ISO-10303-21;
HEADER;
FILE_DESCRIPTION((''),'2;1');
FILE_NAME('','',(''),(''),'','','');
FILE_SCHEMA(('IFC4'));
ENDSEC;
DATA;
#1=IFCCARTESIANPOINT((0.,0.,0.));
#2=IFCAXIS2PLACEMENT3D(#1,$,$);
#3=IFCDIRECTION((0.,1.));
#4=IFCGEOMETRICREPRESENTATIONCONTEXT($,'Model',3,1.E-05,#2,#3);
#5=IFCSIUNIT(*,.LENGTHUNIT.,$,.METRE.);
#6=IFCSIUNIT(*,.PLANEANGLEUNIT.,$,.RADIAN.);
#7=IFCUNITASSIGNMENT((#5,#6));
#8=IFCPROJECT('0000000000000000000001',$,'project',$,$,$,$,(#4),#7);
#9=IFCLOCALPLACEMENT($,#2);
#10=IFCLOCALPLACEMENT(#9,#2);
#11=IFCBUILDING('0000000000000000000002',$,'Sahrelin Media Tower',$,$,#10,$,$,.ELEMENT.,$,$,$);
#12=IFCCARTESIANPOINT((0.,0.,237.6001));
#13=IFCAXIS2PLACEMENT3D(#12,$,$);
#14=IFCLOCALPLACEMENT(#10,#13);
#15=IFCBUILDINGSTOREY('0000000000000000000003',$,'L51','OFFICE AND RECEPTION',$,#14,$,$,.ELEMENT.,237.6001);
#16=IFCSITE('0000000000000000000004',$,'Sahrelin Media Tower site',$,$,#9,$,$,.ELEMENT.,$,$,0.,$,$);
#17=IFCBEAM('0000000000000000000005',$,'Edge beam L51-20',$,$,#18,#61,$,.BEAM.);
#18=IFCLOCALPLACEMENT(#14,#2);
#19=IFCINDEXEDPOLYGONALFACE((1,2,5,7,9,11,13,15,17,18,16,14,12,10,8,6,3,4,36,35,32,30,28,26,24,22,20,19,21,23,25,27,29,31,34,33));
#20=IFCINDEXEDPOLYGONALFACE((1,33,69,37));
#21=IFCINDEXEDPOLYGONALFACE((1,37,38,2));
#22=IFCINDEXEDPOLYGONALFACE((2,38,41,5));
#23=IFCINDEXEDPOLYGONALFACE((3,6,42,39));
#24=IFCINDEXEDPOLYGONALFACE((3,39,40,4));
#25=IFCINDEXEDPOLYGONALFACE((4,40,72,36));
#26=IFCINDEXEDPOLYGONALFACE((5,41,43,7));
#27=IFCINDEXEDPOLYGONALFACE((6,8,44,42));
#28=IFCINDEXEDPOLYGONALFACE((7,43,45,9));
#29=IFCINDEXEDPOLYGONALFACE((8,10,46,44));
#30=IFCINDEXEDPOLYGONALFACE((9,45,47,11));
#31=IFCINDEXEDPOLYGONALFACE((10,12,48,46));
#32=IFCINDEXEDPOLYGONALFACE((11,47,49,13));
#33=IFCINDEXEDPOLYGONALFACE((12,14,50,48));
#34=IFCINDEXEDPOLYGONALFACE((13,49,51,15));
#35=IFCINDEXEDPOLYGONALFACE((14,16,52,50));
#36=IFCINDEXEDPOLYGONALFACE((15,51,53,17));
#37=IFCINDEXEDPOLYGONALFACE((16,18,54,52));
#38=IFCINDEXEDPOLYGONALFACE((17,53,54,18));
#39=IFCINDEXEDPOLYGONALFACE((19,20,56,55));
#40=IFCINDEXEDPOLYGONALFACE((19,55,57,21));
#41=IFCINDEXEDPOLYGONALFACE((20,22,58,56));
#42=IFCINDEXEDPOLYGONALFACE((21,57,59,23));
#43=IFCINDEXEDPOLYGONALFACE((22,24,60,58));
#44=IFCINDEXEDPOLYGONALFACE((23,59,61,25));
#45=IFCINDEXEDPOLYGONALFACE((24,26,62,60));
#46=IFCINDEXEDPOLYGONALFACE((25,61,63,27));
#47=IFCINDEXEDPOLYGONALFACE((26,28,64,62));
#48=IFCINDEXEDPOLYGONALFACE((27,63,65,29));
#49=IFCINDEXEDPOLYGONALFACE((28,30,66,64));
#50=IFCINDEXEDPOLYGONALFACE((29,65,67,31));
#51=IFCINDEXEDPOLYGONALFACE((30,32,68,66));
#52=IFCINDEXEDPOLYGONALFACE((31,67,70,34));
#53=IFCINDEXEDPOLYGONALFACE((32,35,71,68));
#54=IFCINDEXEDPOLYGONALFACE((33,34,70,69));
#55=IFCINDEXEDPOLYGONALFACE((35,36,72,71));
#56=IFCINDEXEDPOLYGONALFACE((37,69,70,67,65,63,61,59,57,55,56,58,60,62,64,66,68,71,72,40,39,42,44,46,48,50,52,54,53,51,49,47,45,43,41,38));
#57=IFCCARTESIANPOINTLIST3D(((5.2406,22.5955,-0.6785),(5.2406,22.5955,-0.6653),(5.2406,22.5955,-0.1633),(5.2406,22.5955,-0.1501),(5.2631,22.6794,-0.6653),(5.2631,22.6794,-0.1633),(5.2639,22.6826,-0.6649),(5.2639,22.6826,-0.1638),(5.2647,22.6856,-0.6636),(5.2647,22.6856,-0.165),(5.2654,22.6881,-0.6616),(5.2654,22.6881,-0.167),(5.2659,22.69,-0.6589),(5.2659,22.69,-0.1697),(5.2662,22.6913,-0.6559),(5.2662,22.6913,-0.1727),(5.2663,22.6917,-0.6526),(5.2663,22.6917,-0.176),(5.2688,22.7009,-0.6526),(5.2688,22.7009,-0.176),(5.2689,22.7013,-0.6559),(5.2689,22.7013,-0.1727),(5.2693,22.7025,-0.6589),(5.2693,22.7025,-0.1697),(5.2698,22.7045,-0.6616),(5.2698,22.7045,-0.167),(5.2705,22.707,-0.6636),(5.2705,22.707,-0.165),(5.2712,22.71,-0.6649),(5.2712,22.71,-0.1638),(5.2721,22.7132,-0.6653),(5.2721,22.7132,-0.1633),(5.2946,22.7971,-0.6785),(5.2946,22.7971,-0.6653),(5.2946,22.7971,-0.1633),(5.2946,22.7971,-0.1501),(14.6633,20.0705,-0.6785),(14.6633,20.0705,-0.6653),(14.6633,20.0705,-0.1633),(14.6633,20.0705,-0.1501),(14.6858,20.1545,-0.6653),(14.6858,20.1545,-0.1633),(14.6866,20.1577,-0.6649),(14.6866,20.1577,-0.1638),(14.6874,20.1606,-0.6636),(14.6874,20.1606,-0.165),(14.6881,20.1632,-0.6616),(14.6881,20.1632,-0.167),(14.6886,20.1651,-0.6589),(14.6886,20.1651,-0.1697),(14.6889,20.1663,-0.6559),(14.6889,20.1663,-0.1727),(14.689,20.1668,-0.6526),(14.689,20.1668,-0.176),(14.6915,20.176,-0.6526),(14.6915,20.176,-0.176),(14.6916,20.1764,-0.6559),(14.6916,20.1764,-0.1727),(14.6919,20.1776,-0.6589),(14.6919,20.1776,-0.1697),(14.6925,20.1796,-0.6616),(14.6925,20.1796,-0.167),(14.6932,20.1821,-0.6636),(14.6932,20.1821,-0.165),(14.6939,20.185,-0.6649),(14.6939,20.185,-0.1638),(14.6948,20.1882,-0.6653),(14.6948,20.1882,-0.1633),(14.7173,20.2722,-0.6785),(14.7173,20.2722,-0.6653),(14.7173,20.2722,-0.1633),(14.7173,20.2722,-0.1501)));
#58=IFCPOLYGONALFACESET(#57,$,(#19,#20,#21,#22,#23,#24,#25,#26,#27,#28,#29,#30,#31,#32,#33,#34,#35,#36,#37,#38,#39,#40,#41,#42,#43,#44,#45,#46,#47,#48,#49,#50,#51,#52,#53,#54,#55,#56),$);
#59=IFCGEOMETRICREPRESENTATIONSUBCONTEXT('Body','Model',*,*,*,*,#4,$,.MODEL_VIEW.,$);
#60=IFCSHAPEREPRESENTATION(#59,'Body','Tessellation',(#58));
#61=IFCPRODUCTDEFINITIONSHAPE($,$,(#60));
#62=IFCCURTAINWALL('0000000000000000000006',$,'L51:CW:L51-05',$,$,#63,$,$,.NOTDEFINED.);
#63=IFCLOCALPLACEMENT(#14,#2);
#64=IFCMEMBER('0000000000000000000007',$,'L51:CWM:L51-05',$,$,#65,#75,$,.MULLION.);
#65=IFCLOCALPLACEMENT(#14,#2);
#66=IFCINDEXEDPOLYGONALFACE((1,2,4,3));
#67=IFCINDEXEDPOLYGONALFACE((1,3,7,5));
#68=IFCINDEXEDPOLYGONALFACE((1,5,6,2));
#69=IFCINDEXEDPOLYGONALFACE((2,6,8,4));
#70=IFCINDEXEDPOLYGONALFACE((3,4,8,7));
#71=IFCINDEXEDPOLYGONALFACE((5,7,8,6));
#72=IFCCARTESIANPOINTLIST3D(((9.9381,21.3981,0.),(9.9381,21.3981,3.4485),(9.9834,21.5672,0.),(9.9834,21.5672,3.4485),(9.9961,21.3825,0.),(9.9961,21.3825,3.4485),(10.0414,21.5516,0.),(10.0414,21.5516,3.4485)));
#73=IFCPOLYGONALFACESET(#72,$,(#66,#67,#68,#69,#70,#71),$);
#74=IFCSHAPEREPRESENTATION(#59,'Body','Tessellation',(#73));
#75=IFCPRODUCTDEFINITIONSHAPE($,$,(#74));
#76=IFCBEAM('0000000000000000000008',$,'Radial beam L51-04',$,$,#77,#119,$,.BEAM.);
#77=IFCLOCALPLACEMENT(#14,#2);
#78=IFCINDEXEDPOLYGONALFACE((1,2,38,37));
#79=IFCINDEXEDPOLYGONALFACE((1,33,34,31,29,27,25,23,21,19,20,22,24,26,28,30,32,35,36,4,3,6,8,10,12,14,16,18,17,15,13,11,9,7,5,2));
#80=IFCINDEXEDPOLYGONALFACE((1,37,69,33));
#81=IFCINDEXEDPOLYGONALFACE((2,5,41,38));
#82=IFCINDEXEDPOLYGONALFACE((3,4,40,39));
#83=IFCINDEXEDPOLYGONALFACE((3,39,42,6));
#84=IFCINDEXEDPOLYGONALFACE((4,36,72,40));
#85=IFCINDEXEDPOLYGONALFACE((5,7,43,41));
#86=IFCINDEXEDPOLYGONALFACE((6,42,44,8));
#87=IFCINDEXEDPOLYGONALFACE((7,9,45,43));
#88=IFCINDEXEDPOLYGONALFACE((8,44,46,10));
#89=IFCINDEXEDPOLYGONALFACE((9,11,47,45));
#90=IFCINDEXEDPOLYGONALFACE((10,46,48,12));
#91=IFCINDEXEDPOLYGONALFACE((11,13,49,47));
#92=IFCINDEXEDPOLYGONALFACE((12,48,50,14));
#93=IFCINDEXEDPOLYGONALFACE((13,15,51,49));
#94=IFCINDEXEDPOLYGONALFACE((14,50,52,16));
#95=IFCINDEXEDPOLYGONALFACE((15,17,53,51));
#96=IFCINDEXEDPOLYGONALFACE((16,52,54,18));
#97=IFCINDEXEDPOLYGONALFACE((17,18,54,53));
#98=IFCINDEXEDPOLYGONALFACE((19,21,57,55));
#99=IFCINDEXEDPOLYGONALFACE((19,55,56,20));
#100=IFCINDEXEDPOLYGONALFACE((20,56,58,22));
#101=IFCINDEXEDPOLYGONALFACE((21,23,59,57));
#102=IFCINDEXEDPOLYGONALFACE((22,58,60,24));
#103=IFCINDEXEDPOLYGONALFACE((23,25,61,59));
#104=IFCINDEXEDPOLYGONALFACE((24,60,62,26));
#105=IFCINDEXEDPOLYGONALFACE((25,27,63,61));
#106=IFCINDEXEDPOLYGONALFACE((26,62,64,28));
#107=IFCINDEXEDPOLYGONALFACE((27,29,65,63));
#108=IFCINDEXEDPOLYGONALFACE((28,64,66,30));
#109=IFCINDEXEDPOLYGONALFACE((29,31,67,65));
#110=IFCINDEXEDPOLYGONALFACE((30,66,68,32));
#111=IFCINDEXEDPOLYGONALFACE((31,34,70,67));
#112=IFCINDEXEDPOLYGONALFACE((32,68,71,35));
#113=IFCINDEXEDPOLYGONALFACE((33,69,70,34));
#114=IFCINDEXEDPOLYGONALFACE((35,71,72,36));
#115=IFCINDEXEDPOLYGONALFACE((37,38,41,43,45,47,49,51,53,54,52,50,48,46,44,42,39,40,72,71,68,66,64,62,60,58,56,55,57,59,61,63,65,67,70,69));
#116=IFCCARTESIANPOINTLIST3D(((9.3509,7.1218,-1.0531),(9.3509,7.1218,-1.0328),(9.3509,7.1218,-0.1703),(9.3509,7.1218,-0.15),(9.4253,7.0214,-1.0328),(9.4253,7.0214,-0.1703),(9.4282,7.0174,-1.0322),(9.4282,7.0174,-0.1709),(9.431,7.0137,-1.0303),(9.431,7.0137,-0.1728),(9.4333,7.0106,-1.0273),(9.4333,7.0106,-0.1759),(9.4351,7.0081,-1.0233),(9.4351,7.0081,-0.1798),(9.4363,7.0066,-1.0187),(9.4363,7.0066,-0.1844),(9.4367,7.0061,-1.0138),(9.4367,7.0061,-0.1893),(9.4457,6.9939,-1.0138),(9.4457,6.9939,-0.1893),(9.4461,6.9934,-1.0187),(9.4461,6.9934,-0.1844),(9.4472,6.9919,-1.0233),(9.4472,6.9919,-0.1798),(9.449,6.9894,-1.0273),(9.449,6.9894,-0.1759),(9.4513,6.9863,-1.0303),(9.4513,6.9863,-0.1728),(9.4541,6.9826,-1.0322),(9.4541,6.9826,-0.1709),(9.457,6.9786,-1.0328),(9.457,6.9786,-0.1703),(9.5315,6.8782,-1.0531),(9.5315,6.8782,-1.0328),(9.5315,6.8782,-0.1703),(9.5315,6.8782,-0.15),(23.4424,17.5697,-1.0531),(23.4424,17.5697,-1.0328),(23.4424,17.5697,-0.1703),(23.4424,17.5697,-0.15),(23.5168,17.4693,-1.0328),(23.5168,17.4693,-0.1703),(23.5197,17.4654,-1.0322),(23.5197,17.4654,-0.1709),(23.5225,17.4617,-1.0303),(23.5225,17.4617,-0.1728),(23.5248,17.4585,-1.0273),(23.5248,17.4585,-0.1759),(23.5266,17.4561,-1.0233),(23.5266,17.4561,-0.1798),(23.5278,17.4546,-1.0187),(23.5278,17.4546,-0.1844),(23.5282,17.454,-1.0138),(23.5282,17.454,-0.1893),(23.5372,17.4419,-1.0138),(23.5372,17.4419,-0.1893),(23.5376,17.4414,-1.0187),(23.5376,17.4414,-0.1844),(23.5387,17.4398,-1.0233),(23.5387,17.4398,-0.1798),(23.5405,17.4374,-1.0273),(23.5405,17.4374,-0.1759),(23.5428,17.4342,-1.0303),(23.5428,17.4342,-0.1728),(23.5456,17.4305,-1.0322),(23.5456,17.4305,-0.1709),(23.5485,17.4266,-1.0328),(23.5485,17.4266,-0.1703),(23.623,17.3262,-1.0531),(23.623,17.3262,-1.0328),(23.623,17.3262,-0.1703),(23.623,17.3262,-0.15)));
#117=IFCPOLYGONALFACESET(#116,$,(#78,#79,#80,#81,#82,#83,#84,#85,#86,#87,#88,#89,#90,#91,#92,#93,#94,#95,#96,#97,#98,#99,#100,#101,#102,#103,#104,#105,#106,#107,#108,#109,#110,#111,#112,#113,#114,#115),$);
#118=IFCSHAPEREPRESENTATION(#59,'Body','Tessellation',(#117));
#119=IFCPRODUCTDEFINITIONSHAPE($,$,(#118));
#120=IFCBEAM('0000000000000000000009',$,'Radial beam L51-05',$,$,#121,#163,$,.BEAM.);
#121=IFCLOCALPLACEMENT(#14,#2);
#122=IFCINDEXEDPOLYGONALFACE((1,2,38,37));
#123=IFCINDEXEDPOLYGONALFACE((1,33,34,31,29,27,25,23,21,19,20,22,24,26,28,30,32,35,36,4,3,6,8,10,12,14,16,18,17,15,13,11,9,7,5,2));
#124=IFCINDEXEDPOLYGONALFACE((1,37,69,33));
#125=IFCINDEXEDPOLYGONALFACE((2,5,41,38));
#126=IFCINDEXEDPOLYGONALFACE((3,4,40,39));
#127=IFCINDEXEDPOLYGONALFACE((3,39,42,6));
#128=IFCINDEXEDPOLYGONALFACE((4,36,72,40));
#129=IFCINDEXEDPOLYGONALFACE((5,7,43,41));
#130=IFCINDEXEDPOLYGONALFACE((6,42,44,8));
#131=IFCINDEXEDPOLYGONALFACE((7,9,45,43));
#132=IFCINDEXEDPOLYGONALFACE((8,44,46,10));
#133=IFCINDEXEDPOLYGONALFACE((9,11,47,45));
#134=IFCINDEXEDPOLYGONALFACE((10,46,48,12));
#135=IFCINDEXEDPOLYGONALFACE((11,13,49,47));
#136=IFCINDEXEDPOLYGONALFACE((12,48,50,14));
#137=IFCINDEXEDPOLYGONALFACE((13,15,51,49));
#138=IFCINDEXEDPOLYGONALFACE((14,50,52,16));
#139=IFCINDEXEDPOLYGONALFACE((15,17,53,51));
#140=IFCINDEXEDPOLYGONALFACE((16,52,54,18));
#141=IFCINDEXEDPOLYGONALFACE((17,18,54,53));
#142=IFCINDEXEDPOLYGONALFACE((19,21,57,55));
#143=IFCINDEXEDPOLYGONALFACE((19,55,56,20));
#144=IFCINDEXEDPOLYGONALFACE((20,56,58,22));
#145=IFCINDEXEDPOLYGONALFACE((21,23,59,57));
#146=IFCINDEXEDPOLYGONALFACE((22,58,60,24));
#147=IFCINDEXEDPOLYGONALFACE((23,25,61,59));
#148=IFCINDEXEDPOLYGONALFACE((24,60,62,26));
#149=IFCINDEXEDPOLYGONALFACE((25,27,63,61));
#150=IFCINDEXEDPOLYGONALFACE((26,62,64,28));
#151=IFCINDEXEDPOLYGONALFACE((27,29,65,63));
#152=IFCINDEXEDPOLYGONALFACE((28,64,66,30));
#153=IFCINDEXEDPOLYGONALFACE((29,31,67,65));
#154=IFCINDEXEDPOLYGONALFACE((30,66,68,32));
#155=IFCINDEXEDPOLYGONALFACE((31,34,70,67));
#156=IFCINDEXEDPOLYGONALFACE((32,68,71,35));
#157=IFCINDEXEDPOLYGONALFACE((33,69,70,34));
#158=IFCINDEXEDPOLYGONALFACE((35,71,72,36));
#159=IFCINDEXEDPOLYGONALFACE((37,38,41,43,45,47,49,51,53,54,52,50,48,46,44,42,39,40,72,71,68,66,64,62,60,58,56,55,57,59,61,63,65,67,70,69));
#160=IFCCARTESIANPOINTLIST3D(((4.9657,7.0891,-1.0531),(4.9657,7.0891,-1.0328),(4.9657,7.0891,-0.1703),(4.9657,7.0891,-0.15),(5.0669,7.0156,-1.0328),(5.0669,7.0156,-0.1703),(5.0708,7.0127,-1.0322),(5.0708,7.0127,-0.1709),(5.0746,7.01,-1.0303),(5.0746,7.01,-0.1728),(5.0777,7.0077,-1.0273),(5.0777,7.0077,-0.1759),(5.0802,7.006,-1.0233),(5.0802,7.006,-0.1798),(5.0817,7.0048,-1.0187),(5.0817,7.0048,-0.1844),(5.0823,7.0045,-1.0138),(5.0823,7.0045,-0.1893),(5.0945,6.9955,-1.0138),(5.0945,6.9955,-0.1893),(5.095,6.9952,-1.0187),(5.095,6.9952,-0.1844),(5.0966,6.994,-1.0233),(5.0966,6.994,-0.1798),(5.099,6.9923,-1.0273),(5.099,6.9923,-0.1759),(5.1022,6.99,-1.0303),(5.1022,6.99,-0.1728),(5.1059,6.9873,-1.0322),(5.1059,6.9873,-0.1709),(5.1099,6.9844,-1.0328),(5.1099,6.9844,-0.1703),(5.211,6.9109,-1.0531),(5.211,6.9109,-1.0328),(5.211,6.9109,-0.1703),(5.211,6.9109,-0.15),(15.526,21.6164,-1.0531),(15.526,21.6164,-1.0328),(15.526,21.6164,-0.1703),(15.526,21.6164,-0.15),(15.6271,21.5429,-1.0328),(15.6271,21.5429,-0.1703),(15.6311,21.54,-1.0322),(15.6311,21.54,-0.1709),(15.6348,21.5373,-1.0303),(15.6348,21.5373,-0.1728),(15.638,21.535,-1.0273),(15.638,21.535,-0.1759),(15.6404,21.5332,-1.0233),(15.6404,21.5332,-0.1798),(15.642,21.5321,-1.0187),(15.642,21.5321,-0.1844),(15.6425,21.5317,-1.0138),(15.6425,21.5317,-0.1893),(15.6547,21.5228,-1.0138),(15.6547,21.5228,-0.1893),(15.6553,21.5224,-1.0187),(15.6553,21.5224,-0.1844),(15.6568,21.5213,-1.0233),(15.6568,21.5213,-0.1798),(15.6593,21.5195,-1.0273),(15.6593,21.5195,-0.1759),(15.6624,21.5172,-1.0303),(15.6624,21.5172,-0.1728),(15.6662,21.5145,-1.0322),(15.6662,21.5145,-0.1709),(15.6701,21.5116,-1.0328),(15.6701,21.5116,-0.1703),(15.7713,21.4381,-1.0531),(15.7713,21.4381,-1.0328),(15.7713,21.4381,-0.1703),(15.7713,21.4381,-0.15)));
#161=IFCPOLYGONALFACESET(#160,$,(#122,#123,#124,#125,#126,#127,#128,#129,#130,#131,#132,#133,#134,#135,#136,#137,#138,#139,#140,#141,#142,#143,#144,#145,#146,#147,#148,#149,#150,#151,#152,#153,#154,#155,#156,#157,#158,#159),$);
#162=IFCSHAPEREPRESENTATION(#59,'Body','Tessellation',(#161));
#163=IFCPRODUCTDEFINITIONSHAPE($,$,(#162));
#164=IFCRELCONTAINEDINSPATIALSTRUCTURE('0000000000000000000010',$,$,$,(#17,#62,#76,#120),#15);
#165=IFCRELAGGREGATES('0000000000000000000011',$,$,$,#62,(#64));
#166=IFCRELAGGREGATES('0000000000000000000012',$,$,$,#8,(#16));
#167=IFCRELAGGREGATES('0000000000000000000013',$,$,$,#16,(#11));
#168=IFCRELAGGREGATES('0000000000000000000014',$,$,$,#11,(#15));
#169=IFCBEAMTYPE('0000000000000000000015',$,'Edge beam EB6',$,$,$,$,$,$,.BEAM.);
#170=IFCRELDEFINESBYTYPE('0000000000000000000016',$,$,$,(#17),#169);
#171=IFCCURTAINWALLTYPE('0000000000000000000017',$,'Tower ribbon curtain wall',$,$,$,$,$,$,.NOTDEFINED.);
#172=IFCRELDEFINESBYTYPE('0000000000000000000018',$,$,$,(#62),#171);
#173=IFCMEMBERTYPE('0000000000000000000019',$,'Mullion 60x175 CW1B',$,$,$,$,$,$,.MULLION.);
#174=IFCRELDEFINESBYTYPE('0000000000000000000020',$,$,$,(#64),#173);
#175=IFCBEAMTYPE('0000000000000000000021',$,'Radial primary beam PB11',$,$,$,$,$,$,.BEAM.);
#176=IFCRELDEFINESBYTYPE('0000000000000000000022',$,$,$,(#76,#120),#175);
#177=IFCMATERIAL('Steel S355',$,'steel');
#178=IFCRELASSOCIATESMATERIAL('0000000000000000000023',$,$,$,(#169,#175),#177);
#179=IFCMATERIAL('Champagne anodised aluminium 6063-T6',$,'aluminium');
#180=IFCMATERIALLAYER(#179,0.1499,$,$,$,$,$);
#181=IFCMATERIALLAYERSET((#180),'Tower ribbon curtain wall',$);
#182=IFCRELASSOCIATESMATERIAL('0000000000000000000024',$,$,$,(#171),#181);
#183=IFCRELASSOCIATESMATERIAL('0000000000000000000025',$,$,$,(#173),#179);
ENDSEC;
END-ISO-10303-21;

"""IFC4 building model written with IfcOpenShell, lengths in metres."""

from ifc_helpers import new_model, si_unit, direction, frame, origin, origin_2d, place, context, subcontext, project, spatial, rectangle, i_section, extrude, material, layer, layer_set, material_profile, profile_set, type_object, element, aggregate, save


model = new_model("IFC4")

# Units and contexts
model_context = context("Model", 3, precision=1e-05, world=origin(), true_north=direction((0.0, 1.0)))
body_context = subcontext(model_context, "Body", "Model", "MODEL_VIEW")
ifc_project = project(units=[si_unit("LENGTHUNIT", "METRE"), si_unit("PLANEANGLEUNIT", "RADIAN")], contexts=[model_context])

# Site, building, storey
site_placement = place(None, origin())
site = spatial("IfcSite", under=ifc_project, at=site_placement, Name="Sahrelin Media Tower site", CompositionType="ELEMENT", RefElevation=0.0)
building_placement = place(site_placement, origin())
building = spatial("IfcBuilding", under=site, at=building_placement, Name="Sahrelin Media Tower", CompositionType="ELEMENT")
storey_placement = place(building_placement, frame((0.0, 0.0, 237.6001)))
storey = spatial("IfcBuildingStorey", under=building, at=storey_placement, Name="L51", Description="OFFICE AND RECEPTION", CompositionType="ELEMENT", Elevation=237.6001)

# Beam
ifc_material_1 = material(Name="Steel S355", Category="steel")
ifc_material_profile_1 = material_profile(ifc_material_1, i_section(OverallWidth=0.2087, OverallDepth=0.5283, WebThickness=0.0095, FlangeThickness=0.0132, FilletRadius=0.0127, at=origin_2d()), Name="UB 533x210x82")
ifc_profile_set_1 = profile_set([ifc_material_profile_1], Name="Steel S355")
beam_type_1 = type_object("IfcBeamType", Name="Edge beam EB6", PredefinedType="BEAM", material=ifc_profile_set_1)
beam_1_placement = place(storey_placement, frame((5.2676, 22.6963, -0.4143), z_axis=(0.965923, -0.258831, 0.0), x_axis=(0.258831, 0.965923, 0.0)))
element("IfcBeam", 1, at=beam_1_placement, inside=storey, type_object=beam_type_1, Name="Edge beam L51-20", PredefinedType="BEAM", context=body_context, shape_type="SweptSolid", body=[
    extrude(i_section(OverallWidth=0.2087, OverallDepth=0.5283, WebThickness=0.0095, FlangeThickness=0.0132, FilletRadius=0.0127, at=origin_2d()), origin(), (0.0, 0.0, 1.0), 9.7551),
])

# Curtain wall, member
ifc_material_2 = material(Name="Champagne anodised aluminium 6063-T6", Category="aluminium")
ifc_layer_1 = layer(ifc_material_2, 0.1499)
ifc_layer_set_1 = layer_set([ifc_layer_1], Name="Tower ribbon curtain wall")
curtain_wall_type = type_object("IfcCurtainWallType", Name="Tower ribbon curtain wall", PredefinedType="NOTDEFINED", material=ifc_layer_set_1)
curtain_wall_1_placement = place(storey_placement, frame((10.0176, 21.5789, 0.0), z_axis=(0.0, 0.0, 1.0), x_axis=(1.0, 0.0, 0.0)))
curtain_wall_1 = element("IfcCurtainWall", 2, at=curtain_wall_1_placement, inside=storey, type_object=curtain_wall_type, Name="L51:CW:L51-05", PredefinedType="NOTDEFINED")
ifc_material_profile_2 = material_profile(ifc_material_2, rectangle(XDim=0.0601, YDim=0.175, at=origin_2d()), Name="Mullion 60x175")
ifc_profile_set_2 = profile_set([ifc_material_profile_2], Name="Champagne anodised aluminium 6063-T6")
member_type_1 = type_object("IfcMemberType", Name="Mullion 60x175 CW1B", PredefinedType="MULLION", material=ifc_profile_set_2)
member_1_placement = place(storey_placement, frame((9.9897, 21.4749, 0.0), z_axis=(0.0, 0.0, 1.0), x_axis=(-0.965925, 0.258821, 0.0)))
member_1 = element("IfcMember", 3, at=member_1_placement, type_object=member_type_1, Name="L51:CWM:L51-05", PredefinedType="MULLION", context=body_context, shape_type="SweptSolid", body=[
    extrude(rectangle(XDim=0.0601, YDim=0.175, at=origin_2d()), origin(), (0.0, 0.0, 1.0), 3.4485),
])
aggregate(curtain_wall_1, [member_1])

# Beams
ifc_material_profile_3 = material_profile(ifc_material_1, i_section(OverallWidth=0.3032, OverallDepth=0.9031, WebThickness=0.0151, FlangeThickness=0.0203, FilletRadius=0.019, at=origin_2d()), Name="UB 914x305x201")
ifc_profile_set_3 = profile_set([ifc_material_profile_3], Name="Steel S355")
beam_type_2 = type_object("IfcBeamType", Name="Radial primary beam PB11", PredefinedType="BEAM", material=ifc_profile_set_3)
beam_2_placement = place(storey_placement, frame((9.4412, 7.0, -0.6016), z_axis=(0.80329, 0.595589, 0.0), x_axis=(-0.595589, 0.80329, 0.0)))
element("IfcBeam", 4, at=beam_2_placement, inside=storey, type_object=beam_type_2, Name="Radial beam L51-04", PredefinedType="BEAM", context=body_context, shape_type="SweptSolid", body=[
    extrude(i_section(OverallWidth=0.3032, OverallDepth=0.9031, WebThickness=0.0151, FlangeThickness=0.0203, FilletRadius=0.019, at=origin_2d()), origin(), (0.0, 0.0, 1.0), 17.5422),
])
beam_3_placement = place(storey_placement, frame((5.0884, 7.0, -0.6016), z_axis=(0.587988, 0.80887, 0.0), x_axis=(-0.80887, 0.587988, 0.0)))
element("IfcBeam", 5, at=beam_3_placement, inside=storey, type_object=beam_type_2, Name="Radial beam L51-05", PredefinedType="BEAM", context=body_context, shape_type="SweptSolid", body=[
    extrude(i_section(OverallWidth=0.3032, OverallDepth=0.9031, WebThickness=0.0151, FlangeThickness=0.0203, FilletRadius=0.019, at=origin_2d()), origin(), (0.0, 0.0, 1.0), 17.96),
])

save(model, "model.ifc")
